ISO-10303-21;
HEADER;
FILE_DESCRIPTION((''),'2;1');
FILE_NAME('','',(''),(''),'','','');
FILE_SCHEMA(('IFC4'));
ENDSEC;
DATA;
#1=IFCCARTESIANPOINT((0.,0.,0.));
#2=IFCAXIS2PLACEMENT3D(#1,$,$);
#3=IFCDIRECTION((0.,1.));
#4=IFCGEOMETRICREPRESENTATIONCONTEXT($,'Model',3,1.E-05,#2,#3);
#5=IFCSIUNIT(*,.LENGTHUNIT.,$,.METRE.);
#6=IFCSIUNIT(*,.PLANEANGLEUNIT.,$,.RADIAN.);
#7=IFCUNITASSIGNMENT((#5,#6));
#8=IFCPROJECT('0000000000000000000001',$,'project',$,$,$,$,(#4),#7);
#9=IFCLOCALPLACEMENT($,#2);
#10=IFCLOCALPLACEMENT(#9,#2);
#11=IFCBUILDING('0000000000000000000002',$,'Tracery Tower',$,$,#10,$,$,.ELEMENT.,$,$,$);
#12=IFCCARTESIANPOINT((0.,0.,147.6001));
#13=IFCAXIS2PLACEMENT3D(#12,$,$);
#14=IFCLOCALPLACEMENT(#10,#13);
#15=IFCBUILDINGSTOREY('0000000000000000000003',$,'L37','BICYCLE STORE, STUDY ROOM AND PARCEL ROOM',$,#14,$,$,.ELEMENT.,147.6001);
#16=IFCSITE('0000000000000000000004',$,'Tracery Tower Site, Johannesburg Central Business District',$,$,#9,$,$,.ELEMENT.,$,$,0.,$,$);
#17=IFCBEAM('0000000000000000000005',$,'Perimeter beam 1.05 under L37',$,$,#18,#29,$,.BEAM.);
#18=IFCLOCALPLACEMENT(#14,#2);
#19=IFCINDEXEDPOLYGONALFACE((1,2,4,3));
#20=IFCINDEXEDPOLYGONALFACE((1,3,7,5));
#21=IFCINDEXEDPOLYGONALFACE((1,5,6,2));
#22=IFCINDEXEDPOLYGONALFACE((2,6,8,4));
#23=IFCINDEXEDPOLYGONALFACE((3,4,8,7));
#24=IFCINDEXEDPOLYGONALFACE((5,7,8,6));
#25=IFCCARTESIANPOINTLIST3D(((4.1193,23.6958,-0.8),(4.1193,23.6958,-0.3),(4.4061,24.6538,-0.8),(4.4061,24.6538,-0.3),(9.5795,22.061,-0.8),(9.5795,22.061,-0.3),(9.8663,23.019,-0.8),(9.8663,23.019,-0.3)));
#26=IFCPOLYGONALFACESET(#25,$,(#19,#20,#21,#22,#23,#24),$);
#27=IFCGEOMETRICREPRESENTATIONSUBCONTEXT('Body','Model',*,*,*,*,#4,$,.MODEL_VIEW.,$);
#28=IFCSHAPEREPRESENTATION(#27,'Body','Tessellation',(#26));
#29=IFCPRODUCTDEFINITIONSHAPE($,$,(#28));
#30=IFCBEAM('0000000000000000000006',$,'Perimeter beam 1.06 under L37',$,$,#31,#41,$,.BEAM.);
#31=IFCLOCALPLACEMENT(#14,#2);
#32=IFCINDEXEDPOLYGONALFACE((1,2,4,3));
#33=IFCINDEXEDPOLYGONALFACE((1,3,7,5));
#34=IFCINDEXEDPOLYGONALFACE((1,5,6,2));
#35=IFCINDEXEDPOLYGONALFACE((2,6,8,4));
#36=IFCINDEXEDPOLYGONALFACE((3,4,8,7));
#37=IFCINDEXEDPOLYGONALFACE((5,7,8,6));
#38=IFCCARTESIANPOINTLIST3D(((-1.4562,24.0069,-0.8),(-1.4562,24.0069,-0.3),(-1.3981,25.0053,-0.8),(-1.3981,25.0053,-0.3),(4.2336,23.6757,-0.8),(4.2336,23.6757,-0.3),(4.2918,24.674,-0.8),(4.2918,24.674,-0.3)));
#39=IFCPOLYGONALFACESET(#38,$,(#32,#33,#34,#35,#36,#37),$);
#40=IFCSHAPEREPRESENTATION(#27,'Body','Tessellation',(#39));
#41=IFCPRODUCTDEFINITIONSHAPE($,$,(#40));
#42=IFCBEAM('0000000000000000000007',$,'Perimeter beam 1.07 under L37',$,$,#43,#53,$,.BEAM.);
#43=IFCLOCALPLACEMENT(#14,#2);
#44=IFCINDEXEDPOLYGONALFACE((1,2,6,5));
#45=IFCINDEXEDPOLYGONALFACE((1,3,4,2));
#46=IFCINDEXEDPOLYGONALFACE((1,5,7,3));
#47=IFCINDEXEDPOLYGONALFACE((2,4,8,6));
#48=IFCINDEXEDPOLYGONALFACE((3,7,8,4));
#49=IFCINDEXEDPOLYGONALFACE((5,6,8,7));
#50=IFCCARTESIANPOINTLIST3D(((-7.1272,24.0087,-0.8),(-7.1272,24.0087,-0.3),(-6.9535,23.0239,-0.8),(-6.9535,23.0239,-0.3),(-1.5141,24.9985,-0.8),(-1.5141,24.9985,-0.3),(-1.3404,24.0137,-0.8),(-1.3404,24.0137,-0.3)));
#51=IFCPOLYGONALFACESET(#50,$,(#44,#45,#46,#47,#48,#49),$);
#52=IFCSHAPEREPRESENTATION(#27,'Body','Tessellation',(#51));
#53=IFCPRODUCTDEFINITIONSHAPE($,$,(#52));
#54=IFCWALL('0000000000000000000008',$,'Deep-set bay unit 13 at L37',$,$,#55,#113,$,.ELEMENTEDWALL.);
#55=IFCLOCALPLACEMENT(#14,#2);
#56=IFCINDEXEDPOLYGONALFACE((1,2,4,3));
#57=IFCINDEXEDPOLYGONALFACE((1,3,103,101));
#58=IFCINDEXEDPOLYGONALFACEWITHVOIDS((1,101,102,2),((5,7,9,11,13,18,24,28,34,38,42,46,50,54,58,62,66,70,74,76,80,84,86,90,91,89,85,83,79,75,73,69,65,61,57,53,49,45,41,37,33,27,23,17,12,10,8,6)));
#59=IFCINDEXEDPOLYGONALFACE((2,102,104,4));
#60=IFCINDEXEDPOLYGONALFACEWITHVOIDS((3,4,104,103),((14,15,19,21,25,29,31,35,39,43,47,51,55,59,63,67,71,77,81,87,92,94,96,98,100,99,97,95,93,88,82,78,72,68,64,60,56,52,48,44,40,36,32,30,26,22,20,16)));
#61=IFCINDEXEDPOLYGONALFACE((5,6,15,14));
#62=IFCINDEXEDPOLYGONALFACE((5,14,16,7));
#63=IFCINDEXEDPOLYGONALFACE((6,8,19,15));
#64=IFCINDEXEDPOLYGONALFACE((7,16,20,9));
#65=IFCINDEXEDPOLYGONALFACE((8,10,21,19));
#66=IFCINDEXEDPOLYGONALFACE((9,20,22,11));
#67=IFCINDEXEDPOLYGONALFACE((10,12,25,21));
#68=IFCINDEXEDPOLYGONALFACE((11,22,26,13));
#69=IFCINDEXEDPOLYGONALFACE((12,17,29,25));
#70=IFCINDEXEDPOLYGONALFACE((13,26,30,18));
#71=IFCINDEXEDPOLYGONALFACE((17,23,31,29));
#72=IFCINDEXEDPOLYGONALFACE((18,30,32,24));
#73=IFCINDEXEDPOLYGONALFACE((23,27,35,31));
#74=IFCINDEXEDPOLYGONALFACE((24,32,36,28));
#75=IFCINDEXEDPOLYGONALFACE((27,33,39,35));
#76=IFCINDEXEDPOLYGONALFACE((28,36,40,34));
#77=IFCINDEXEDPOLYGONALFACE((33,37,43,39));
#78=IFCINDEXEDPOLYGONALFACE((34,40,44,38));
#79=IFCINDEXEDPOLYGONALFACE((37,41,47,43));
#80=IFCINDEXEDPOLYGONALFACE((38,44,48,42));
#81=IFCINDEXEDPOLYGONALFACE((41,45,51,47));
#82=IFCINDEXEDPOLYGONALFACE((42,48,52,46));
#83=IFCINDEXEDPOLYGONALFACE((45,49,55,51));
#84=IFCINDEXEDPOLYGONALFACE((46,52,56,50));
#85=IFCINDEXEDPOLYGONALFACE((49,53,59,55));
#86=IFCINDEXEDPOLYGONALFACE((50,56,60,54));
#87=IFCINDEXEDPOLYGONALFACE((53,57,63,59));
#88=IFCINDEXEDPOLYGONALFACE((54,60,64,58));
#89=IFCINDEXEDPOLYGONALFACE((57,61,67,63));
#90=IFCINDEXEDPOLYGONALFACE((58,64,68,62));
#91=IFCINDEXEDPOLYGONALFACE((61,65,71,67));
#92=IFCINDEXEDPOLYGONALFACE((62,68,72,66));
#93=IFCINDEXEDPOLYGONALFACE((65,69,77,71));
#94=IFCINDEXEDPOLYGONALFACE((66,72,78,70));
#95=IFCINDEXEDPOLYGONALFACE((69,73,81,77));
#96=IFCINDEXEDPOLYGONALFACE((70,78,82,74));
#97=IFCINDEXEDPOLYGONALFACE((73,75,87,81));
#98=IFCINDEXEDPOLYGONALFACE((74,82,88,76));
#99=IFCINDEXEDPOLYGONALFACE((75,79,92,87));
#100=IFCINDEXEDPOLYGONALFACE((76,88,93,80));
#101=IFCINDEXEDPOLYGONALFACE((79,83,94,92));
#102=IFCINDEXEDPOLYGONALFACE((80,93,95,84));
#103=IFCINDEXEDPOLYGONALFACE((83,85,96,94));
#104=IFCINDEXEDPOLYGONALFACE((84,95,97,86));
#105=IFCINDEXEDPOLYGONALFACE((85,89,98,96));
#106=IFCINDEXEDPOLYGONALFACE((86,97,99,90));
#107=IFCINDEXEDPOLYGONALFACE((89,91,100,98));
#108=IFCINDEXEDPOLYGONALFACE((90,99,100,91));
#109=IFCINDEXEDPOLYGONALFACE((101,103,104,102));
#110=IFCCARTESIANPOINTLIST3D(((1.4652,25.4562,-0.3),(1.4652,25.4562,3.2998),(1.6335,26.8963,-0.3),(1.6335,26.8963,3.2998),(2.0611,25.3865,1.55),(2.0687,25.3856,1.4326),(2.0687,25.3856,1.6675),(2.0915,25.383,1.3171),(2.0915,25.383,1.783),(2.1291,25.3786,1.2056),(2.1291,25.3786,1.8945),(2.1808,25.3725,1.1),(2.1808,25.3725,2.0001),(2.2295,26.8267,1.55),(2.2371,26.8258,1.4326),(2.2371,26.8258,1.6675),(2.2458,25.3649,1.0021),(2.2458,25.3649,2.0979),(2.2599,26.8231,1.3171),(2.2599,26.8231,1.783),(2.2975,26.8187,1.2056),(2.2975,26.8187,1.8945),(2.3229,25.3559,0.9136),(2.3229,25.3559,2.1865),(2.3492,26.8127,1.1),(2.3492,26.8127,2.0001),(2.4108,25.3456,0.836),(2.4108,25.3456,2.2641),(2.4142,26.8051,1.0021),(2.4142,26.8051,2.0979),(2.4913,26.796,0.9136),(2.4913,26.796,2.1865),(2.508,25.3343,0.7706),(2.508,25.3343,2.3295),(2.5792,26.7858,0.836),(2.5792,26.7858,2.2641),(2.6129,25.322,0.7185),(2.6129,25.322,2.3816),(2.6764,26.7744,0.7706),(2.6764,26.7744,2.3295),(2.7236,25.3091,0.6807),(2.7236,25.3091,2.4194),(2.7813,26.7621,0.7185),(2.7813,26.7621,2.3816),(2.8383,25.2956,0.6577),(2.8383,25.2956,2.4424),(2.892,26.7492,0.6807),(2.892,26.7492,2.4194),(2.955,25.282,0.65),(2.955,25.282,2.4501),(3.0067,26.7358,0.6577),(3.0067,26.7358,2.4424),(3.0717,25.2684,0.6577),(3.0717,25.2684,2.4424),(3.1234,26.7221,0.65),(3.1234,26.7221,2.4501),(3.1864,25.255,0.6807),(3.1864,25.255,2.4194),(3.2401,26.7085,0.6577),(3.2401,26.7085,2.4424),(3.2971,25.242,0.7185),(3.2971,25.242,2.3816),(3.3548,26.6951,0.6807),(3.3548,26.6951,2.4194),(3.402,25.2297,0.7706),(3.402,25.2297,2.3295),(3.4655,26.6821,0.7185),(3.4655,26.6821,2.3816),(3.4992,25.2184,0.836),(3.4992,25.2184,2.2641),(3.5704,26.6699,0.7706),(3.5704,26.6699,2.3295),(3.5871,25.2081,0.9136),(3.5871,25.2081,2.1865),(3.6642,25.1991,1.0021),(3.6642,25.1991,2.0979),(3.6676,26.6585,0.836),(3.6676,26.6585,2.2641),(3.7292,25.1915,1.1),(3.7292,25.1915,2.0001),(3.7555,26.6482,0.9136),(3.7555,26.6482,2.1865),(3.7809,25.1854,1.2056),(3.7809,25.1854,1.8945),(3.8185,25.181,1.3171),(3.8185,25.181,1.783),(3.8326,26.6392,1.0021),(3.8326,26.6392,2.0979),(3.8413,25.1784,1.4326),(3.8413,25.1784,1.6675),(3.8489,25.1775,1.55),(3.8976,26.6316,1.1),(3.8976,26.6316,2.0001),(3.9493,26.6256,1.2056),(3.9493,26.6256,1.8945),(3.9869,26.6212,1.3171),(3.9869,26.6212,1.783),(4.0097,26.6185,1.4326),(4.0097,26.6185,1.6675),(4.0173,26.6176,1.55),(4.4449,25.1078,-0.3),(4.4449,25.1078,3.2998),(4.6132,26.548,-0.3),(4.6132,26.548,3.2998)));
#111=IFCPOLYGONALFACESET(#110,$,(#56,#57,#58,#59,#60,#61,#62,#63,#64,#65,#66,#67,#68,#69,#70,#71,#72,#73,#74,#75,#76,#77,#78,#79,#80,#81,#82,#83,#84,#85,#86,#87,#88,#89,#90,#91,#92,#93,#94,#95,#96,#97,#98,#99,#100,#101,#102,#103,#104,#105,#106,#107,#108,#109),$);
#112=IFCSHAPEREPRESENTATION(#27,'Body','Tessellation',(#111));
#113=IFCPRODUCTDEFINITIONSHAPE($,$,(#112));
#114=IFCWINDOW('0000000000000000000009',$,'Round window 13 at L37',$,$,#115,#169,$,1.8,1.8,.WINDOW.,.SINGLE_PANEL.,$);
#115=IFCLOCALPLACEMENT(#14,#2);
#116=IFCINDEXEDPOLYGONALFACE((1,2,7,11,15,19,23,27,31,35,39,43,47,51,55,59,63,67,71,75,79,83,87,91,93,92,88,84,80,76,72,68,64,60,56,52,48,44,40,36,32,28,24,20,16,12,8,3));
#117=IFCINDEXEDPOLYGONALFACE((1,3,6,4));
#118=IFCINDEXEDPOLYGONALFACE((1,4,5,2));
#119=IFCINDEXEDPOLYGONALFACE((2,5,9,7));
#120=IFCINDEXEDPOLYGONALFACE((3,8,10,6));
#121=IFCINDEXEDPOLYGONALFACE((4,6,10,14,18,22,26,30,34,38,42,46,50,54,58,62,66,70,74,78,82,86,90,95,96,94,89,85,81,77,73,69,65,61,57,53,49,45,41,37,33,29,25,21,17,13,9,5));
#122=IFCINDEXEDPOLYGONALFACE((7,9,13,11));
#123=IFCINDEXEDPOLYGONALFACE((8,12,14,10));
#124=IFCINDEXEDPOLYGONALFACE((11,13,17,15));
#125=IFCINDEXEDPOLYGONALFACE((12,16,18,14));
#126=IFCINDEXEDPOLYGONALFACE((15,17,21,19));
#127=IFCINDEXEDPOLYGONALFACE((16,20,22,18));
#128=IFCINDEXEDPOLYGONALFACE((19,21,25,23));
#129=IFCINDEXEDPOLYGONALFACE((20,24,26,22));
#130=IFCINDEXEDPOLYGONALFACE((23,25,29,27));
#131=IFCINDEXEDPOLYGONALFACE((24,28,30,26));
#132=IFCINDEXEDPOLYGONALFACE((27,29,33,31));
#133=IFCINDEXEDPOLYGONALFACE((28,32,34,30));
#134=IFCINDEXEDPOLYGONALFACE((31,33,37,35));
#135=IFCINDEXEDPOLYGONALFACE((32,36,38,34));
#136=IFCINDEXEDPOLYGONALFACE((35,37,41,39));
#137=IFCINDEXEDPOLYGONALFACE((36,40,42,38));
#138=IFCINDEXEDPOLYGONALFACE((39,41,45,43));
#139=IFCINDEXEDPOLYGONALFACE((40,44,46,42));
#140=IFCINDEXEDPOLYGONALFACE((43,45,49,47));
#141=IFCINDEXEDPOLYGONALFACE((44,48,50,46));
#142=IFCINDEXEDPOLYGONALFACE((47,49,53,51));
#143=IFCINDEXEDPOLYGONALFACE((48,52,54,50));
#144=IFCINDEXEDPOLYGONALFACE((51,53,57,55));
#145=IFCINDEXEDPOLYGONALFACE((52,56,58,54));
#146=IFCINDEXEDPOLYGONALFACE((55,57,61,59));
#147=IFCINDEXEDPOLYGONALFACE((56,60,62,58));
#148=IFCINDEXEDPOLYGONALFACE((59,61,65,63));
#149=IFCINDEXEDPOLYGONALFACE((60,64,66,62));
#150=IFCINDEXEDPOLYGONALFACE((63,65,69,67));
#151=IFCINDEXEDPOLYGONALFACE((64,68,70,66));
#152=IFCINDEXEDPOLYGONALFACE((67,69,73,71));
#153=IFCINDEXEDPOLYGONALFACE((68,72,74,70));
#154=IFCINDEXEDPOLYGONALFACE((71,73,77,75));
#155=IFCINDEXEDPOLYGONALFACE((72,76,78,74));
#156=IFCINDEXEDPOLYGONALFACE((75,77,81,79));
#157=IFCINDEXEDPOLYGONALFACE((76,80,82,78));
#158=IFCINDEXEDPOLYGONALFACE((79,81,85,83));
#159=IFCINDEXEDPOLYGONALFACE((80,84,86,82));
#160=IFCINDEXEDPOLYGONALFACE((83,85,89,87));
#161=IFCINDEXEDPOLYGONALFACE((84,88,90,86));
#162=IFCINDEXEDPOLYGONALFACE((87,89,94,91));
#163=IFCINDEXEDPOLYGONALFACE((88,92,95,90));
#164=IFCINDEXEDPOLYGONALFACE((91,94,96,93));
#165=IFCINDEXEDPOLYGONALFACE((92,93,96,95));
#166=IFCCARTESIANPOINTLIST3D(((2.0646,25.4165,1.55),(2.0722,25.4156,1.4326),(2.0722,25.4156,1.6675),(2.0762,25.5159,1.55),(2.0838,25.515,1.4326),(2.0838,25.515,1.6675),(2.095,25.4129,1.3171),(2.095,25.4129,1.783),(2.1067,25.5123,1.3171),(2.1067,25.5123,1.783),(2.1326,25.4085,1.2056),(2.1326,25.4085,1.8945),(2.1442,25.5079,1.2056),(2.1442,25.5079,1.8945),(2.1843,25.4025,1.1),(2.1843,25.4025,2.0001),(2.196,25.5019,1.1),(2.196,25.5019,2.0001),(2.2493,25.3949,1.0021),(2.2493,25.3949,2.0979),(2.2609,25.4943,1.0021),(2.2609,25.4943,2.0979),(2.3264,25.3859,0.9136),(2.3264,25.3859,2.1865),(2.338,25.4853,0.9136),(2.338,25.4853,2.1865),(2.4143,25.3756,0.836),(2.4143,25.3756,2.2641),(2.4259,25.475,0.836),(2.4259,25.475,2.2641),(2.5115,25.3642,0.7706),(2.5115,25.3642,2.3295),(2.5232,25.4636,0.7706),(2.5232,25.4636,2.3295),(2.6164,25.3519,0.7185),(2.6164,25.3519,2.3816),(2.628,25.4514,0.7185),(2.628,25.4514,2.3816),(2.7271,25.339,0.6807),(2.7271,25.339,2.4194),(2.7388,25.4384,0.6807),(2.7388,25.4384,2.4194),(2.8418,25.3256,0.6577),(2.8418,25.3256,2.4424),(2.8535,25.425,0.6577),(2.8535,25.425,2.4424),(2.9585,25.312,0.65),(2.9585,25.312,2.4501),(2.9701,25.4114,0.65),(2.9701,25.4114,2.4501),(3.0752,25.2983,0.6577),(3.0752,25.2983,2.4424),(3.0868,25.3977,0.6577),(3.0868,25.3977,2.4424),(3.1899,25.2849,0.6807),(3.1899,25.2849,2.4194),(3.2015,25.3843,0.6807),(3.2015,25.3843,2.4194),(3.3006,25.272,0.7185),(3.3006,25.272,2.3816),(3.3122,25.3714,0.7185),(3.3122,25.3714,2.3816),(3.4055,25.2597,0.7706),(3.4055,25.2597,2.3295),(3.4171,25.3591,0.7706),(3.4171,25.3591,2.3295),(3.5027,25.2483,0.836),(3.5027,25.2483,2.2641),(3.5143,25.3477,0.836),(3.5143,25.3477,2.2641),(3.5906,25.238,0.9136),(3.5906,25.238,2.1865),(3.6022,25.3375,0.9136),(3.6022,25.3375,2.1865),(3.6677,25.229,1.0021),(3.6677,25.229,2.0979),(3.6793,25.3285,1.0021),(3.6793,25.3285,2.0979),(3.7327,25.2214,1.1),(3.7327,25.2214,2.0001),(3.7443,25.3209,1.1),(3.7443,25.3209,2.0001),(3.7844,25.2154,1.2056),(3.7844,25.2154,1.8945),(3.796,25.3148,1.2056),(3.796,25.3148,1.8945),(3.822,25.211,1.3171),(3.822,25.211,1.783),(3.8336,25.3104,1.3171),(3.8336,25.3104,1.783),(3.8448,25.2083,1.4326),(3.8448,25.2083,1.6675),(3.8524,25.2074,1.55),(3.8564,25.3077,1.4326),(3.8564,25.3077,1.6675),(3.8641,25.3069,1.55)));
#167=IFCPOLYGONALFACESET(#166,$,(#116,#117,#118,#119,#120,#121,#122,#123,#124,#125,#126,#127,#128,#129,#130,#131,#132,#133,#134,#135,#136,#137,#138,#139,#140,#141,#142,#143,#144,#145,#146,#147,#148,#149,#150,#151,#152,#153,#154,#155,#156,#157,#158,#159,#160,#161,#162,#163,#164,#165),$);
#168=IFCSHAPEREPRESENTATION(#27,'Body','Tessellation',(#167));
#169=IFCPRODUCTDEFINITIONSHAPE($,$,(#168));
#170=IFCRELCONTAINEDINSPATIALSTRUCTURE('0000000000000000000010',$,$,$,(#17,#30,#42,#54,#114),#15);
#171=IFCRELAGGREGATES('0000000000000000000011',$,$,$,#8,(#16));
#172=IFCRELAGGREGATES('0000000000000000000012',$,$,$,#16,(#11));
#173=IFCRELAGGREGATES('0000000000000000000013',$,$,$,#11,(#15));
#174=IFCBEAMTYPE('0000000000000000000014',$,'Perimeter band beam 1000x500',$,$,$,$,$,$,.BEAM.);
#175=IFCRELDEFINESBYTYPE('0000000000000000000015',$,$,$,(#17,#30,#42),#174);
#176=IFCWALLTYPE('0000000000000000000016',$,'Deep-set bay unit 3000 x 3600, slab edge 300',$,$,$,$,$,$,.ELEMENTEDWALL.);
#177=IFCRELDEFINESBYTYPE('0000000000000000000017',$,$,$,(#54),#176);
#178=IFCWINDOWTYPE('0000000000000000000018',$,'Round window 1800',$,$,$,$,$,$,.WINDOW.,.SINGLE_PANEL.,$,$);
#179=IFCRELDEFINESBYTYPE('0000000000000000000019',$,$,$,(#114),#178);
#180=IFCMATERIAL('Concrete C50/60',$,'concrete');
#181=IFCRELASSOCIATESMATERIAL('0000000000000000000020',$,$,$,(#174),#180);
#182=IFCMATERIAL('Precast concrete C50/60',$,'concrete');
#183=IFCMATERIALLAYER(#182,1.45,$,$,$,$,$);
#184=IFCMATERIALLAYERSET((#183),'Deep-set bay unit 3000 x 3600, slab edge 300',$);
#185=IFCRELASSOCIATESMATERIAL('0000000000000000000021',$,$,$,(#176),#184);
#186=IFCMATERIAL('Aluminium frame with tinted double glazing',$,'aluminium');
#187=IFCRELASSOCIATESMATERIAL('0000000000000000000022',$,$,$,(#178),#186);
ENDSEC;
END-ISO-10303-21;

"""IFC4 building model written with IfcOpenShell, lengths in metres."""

from ifc_helpers import new_model, si_unit, direction, frame, frame_2d, origin, origin_2d, place, context, subcontext, project, spatial, rectangle, circle, extrude, material, layer, layer_set, material_profile, profile_set, type_object, element, fill, save


model = new_model("IFC4")

# Units and contexts
model_context = context("Model", 3, precision=1e-05, world=origin(), true_north=direction((0.0, 1.0)))
body_context = subcontext(model_context, "Body", "Model", "MODEL_VIEW")
ifc_project = project(units=[si_unit("LENGTHUNIT", "METRE"), si_unit("PLANEANGLEUNIT", "RADIAN")], contexts=[model_context])

# Site, building, storey
site_placement = place(None, origin())
site = spatial("IfcSite", under=ifc_project, at=site_placement, Name="Tracery Tower Site, Johannesburg Central Business District", CompositionType="ELEMENT", RefElevation=0.0)
building_placement = place(site_placement, origin())
building = spatial("IfcBuilding", under=site, at=building_placement, Name="Tracery Tower", CompositionType="ELEMENT")
storey_placement = place(building_placement, frame((0.0, 0.0, 147.6001)))
storey = spatial("IfcBuildingStorey", under=building, at=storey_placement, Name="L37", Description="BICYCLE STORE, STUDY ROOM AND PARCEL ROOM", CompositionType="ELEMENT", Elevation=147.6001)

# Beams
ifc_material_1 = material(Name="Concrete C50/60", Category="concrete")
ifc_material_profile_1 = material_profile(ifc_material_1, rectangle(XDim=1.0, YDim=0.5, at=origin_2d()), Name="RC 1000x500")
ifc_profile_set_1 = profile_set([ifc_material_profile_1], Name="Concrete C50/60")
beam_type = type_object("IfcBeamType", Name="Perimeter band beam 1000x500", PredefinedType="BEAM", material=ifc_profile_set_1)
beam_1_placement = place(storey_placement, frame((9.7229, 22.54, -0.55), z_axis=(-0.957985, 0.286817, 0.0), x_axis=(-0.286817, -0.957985, 0.0)))
element("IfcBeam", 1, at=beam_1_placement, inside=storey, type_object=beam_type, Name="Perimeter beam 1.05 under L37", PredefinedType="BEAM", context=body_context, shape_type="SweptSolid", body=[
    extrude(rectangle(XDim=1.0, YDim=0.5, at=origin_2d()), origin(), (0.0, 0.0, 1.0), 5.6997),
])
beam_2_placement = place(storey_placement, frame((4.2627, 24.1748, -0.55), z_axis=(-0.998309, 0.058127, 0.0), x_axis=(-0.058127, -0.998309, 0.0)))
element("IfcBeam", 2, at=beam_2_placement, inside=storey, type_object=beam_type, Name="Perimeter beam 1.06 under L37", PredefinedType="BEAM", context=body_context, shape_type="SweptSolid", body=[
    extrude(rectangle(XDim=1.0, YDim=0.5, at=origin_2d()), origin(), (0.0, 0.0, 1.0), 5.6995),
])
beam_3_placement = place(storey_placement, frame((-1.4272, 24.5061, -0.55), z_axis=(-0.984807, -0.173651, 0.0), x_axis=(0.173651, -0.984807, 0.0)))
element("IfcBeam", 3, at=beam_3_placement, inside=storey, type_object=beam_type, Name="Perimeter beam 1.07 under L37", PredefinedType="BEAM", context=body_context, shape_type="SweptSolid", body=[
    extrude(rectangle(XDim=1.0, YDim=0.5, at=origin_2d()), origin(), (0.0, 0.0, 1.0), 5.6997),
])

# Wall, opening, window
ifc_material_2 = material(Name="Precast concrete C50/60", Category="concrete")
ifc_layer_1 = layer(ifc_material_2, 1.45)
ifc_layer_set_1 = layer_set([ifc_layer_1], Name="Deep-set bay unit 3000 x 3600, slab edge 300")
wall_type_1 = type_object("IfcWallType", Name="Deep-set bay unit 3000 x 3600, slab edge 300", PredefinedType="ELEMENTEDWALL", material=ifc_layer_set_1)
wall_1_placement = place(storey_placement, frame((4.5291, 25.8279, -0.3), z_axis=(0.0, 0.0, 1.0), x_axis=(-0.993234, 0.116128, 0.0)))
wall_1 = element("IfcWall", 4, at=wall_1_placement, inside=storey, type_object=wall_type_1, Name="Deep-set bay unit 13 at L37", PredefinedType="ELEMENTEDWALL", context=body_context, shape_type="SweptSolid", body=[
    extrude(rectangle(XDim=3.0, YDim=1.45, at=frame_2d((1.5, 0.0))), origin(), (0.0, 0.0, 1.0), 3.5999),
])
opening_1_placement = place(wall_1_placement, frame((1.5, 0.0, 1.8501)))
opening_1 = element("IfcOpeningElement", 5, at=opening_1_placement, cuts=wall_1, PredefinedType="OPENING", context=body_context, shape_type="SweptSolid", body=[
    extrude(circle(Radius=0.9, at=origin_2d()), frame((0.0, 0.7349, 0.0), z_axis=(0.0, -1.0, 0.0), x_axis=(1.0, 0.0, 0.0)), (0.0, 0.0, 1.0), 1.47),
])
ifc_material_3 = material(Name="Aluminium frame with tinted double glazing", Category="aluminium")
window_type = type_object("IfcWindowType", Name="Round window 1800", PartitioningType="SINGLE_PANEL", PredefinedType="WINDOW", material=ifc_material_3)
window_1_placement = place(opening_1_placement, origin())
window_1 = element("IfcWindow", 6, at=window_1_placement, inside=storey, type_object=window_type, Name="Round window 13 at L37", OverallHeight=1.8, OverallWidth=1.8, PartitioningType="SINGLE_PANEL", PredefinedType="WINDOW", context=body_context, shape_type="SweptSolid", body=[
    extrude(circle(Radius=0.9, at=origin_2d()), frame((0.0, 0.6948, 0.0), z_axis=(0.0, -1.0, 0.0), x_axis=(1.0, 0.0, 0.0)), (0.0, 0.0, 1.0), 0.1001),
])
fill(opening_1, window_1)

save(model, "model.ifc")
